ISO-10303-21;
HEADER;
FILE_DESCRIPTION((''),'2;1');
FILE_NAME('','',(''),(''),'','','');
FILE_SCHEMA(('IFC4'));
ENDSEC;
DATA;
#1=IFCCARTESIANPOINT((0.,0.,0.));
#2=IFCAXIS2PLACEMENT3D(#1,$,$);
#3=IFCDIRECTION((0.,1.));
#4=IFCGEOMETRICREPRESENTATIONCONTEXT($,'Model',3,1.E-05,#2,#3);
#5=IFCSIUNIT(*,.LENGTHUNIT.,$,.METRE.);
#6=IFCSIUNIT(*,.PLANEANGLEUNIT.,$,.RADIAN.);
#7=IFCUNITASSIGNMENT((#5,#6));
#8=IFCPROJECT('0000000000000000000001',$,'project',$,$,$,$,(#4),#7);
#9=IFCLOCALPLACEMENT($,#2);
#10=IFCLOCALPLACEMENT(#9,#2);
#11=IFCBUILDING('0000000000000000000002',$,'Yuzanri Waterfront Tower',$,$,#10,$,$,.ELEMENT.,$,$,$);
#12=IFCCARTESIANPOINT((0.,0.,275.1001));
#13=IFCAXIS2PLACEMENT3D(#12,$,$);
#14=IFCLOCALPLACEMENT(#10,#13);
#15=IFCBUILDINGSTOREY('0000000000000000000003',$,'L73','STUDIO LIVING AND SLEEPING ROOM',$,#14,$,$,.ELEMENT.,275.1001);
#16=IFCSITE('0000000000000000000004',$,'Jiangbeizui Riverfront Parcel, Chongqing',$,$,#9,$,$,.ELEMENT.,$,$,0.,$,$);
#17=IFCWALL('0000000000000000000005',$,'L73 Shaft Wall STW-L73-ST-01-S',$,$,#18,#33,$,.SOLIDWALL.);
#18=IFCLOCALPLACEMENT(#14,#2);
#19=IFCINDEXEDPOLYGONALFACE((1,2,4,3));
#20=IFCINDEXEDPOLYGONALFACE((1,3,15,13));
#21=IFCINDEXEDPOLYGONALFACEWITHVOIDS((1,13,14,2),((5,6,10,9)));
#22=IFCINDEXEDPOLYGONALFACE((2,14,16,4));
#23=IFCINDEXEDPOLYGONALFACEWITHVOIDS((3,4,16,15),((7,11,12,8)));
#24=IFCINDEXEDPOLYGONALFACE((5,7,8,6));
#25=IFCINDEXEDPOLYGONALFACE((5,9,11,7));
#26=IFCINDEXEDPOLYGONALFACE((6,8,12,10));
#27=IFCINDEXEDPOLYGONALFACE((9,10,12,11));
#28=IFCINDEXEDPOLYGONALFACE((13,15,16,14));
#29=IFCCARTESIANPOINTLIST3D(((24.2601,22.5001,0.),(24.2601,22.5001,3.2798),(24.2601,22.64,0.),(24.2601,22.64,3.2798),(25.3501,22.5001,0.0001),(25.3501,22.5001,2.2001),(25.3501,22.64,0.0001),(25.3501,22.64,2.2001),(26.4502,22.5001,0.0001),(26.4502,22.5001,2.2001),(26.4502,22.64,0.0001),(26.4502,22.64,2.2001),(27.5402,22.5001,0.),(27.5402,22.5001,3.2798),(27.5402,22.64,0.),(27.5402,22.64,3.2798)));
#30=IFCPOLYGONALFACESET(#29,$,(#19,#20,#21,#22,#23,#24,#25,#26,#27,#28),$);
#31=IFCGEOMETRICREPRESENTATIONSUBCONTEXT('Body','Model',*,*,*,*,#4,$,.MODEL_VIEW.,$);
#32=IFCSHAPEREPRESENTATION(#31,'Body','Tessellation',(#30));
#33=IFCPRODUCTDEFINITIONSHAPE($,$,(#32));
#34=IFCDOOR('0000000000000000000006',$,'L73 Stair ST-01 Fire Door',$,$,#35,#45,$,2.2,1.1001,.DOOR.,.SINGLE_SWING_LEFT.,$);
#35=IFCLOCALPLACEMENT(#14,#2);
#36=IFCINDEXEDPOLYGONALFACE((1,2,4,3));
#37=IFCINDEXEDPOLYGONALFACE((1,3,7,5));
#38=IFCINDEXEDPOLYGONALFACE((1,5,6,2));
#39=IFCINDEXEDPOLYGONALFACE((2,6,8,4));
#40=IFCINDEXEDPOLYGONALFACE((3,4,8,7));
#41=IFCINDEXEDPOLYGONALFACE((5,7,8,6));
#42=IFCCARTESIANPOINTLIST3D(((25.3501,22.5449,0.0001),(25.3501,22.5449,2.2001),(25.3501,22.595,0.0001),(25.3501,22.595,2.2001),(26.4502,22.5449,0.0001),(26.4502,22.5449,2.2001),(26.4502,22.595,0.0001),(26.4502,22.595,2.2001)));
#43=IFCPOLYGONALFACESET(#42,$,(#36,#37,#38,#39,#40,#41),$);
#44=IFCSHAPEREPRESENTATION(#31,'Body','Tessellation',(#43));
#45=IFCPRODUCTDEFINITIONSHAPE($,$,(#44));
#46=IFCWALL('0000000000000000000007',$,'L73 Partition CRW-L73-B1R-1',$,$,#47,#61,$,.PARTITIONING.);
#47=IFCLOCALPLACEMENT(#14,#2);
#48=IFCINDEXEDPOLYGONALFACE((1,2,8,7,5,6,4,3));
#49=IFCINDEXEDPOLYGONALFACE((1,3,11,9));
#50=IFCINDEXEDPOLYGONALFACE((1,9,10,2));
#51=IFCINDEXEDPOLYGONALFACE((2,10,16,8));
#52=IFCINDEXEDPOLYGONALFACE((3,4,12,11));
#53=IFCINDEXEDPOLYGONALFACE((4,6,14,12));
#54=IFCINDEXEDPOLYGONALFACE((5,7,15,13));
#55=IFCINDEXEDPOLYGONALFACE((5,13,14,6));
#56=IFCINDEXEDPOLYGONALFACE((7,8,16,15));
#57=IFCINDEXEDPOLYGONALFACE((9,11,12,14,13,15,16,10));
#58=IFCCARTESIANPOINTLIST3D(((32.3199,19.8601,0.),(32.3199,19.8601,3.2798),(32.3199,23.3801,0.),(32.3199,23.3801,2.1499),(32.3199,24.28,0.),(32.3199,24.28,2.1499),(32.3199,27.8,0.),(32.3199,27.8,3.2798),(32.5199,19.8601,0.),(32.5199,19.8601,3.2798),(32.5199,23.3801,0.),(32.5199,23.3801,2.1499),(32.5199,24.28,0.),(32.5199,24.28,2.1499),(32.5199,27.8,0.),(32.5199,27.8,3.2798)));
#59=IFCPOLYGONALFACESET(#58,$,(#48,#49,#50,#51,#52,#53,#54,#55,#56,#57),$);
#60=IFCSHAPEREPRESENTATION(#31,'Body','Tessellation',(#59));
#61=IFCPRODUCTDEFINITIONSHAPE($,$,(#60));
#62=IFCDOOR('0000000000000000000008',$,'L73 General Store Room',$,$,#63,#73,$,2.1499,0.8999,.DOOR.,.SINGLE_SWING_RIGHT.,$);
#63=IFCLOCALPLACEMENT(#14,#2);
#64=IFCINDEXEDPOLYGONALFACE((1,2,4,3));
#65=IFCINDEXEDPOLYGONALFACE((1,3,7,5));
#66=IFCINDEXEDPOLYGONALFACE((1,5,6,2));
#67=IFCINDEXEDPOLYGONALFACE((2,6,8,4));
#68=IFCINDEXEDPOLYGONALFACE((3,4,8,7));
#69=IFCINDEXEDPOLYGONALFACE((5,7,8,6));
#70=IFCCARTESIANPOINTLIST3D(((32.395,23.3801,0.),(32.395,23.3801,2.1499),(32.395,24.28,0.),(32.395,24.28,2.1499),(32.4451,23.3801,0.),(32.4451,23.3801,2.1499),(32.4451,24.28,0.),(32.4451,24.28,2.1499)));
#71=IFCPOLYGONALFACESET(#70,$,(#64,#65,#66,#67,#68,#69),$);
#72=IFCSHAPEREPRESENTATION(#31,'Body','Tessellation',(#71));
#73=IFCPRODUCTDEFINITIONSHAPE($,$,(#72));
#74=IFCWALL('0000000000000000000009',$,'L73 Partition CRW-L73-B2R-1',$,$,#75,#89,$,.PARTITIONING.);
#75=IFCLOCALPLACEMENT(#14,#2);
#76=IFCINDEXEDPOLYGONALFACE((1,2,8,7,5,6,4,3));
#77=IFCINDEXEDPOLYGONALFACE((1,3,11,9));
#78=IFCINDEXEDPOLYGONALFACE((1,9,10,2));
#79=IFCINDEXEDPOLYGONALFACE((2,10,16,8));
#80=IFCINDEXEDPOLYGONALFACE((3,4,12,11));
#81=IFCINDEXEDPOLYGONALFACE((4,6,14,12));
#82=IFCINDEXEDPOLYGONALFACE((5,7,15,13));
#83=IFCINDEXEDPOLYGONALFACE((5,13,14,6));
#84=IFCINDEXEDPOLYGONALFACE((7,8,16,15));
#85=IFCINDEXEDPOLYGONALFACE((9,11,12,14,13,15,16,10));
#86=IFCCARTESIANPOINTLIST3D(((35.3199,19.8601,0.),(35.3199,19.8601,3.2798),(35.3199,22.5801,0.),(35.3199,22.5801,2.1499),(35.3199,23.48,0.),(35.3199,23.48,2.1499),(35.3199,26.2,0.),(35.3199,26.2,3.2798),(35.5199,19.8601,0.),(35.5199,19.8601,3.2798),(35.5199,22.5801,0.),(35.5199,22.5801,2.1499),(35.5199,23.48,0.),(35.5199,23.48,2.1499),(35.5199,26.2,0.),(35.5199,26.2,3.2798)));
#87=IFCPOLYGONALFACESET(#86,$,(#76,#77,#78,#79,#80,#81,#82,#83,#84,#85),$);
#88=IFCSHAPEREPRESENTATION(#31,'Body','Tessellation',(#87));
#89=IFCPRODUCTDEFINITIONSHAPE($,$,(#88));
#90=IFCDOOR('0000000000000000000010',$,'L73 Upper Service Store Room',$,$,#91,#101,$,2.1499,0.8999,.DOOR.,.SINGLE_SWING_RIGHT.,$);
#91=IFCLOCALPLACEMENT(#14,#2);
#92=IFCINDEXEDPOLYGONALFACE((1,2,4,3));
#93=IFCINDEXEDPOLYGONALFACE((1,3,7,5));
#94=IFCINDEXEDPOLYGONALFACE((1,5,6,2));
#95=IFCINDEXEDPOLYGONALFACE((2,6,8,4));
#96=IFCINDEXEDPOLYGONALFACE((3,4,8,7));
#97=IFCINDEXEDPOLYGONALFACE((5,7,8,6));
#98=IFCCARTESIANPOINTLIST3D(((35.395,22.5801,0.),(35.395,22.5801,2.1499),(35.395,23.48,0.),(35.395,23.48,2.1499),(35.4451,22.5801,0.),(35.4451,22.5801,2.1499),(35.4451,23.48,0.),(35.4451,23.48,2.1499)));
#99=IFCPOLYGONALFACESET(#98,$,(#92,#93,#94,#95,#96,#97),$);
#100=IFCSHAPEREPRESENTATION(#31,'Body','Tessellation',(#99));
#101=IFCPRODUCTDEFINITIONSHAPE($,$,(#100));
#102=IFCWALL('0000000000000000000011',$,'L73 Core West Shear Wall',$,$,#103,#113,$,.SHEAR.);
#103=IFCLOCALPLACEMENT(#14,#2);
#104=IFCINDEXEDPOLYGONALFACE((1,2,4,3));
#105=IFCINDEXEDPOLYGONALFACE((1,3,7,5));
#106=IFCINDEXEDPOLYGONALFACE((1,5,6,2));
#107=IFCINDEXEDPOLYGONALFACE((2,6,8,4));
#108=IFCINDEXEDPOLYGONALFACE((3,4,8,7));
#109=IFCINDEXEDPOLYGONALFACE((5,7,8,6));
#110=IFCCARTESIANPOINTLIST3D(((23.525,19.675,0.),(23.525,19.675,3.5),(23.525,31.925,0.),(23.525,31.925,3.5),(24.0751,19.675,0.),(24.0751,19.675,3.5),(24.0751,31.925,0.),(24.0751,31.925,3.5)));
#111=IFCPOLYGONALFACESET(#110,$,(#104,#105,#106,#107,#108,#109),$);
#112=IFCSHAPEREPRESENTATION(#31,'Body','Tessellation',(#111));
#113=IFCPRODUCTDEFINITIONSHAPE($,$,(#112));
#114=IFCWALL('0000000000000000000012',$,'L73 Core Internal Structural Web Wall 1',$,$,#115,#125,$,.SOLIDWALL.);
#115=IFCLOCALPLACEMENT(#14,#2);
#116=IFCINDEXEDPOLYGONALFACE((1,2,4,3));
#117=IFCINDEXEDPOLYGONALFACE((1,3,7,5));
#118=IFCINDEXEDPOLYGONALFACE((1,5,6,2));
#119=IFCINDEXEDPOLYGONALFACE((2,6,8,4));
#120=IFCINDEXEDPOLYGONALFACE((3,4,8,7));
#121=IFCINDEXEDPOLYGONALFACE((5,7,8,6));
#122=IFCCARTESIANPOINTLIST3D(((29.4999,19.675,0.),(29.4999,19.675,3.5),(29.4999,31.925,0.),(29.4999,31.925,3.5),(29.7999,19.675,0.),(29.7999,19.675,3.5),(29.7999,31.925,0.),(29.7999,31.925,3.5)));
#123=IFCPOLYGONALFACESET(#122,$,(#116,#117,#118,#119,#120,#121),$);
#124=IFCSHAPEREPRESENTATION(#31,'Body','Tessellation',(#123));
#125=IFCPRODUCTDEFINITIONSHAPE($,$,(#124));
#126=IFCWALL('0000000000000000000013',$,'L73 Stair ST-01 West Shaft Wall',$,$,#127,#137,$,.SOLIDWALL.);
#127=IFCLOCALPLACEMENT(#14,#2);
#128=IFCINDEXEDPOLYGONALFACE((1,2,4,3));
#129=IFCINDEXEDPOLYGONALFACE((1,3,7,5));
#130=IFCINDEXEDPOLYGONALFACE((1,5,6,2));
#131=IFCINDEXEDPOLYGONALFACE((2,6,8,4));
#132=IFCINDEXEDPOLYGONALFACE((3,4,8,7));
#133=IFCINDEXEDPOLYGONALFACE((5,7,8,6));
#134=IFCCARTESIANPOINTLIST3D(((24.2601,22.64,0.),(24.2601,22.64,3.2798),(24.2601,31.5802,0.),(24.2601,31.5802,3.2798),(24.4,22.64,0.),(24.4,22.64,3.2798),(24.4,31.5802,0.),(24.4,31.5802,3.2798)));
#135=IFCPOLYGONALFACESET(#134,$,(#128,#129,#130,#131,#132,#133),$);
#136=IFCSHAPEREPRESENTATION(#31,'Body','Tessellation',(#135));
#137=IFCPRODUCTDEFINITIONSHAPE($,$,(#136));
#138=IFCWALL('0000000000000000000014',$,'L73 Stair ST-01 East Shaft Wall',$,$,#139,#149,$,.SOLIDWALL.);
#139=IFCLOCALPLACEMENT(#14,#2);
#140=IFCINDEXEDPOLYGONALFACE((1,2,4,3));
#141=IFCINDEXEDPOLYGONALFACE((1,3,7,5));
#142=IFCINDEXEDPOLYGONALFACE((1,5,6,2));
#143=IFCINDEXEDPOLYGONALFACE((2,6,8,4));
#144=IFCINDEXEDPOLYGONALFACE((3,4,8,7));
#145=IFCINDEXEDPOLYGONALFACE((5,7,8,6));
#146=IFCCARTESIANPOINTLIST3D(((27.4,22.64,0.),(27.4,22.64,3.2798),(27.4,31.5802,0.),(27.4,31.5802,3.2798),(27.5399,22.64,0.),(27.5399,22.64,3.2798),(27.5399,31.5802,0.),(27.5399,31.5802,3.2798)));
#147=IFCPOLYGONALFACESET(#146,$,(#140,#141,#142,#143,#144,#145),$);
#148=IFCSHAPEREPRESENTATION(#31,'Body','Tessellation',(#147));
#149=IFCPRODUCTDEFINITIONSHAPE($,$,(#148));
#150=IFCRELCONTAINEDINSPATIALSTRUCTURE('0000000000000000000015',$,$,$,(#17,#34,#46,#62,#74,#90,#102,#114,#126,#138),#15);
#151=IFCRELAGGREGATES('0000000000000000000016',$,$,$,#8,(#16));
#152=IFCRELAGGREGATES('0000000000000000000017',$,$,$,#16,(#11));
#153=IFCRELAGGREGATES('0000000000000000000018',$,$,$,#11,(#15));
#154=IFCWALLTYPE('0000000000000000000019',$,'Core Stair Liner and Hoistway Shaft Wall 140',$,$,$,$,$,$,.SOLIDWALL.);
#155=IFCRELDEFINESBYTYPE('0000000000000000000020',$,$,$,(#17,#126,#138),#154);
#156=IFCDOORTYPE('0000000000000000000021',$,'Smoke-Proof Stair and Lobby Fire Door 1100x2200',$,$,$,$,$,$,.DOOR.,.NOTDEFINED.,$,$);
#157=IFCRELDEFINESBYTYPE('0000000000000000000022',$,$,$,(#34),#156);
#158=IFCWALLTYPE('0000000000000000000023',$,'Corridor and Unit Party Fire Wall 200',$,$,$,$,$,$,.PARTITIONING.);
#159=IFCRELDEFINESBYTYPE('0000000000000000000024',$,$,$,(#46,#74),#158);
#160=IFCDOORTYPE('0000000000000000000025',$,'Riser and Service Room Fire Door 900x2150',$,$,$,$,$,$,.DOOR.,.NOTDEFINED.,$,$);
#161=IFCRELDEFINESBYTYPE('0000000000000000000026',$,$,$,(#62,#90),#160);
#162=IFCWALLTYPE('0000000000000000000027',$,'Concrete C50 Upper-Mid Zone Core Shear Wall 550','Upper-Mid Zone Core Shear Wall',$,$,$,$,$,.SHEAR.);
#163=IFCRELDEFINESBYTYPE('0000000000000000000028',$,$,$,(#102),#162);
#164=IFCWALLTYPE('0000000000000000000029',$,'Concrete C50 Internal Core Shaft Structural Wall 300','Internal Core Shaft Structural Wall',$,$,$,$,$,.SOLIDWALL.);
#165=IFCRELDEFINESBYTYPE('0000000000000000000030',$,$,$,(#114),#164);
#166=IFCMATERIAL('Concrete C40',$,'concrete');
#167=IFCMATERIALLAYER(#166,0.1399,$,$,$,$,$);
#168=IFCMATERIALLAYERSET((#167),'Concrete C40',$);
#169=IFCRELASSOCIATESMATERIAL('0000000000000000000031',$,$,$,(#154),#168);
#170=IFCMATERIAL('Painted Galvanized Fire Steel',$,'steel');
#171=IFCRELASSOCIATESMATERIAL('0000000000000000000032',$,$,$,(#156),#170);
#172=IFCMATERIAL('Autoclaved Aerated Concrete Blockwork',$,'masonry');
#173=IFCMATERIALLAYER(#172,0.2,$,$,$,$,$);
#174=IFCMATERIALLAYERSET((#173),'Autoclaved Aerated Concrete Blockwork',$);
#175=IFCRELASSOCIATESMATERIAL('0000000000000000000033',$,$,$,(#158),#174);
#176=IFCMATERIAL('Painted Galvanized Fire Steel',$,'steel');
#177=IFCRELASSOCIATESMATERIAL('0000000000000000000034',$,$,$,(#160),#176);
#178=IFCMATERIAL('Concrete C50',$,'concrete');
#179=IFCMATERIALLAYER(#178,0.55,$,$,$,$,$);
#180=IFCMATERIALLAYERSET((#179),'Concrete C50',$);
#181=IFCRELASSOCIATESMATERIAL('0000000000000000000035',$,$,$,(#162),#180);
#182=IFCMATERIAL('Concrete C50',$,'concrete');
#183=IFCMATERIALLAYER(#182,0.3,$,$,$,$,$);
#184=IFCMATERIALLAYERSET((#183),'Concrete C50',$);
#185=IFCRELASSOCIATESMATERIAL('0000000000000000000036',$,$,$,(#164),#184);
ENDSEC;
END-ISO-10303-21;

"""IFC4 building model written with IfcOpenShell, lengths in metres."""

from ifc_helpers import new_model, si_unit, direction, frame, frame_2d, origin, place, context, subcontext, project, spatial, rectangle, extrude, source, transform, mapped, material, layer, layer_set, type_object, element, fill, save


model = new_model("IFC4")

# Units and contexts
model_context = context("Model", 3, precision=1e-05, world=origin(), true_north=direction((0.0, 1.0)))
body_context = subcontext(model_context, "Body", "Model", "MODEL_VIEW")
ifc_project = project(units=[si_unit("LENGTHUNIT", "METRE"), si_unit("PLANEANGLEUNIT", "RADIAN")], contexts=[model_context])

# Site, building, storey
site_placement = place(None, origin())
site = spatial("IfcSite", under=ifc_project, at=site_placement, Name="Jiangbeizui Riverfront Parcel, Chongqing", CompositionType="ELEMENT", RefElevation=0.0)
building_placement = place(site_placement, origin())
building = spatial("IfcBuilding", under=site, at=building_placement, Name="Yuzanri Waterfront Tower", CompositionType="ELEMENT")
storey_placement = place(building_placement, frame((0.0, 0.0, 275.1001)))
storey = spatial("IfcBuildingStorey", under=building, at=storey_placement, Name="L73", Description="STUDIO LIVING AND SLEEPING ROOM", CompositionType="ELEMENT", Elevation=275.1001)

# Walls, openings, doors
ifc_material_1 = material(Name="Concrete C40", Category="concrete")
ifc_layer_1 = layer(ifc_material_1, 0.1399)
ifc_layer_set_1 = layer_set([ifc_layer_1], Name="Concrete C40")
wall_type_1 = type_object("IfcWallType", Name="Core Stair Liner and Hoistway Shaft Wall 140", PredefinedType="SOLIDWALL", material=ifc_layer_set_1)
wall_1_placement = place(storey_placement, frame((24.26, 22.5701, 0.0), z_axis=(0.0, 0.0, 1.0), x_axis=(1.0, 0.0, 0.0)))
wall_1 = element("IfcWall", 1, at=wall_1_placement, inside=storey, type_object=wall_type_1, Name="L73 Shaft Wall STW-L73-ST-01-S", PredefinedType="SOLIDWALL", context=body_context, shape_type="SweptSolid", body=[
    extrude(rectangle(XDim=3.28, YDim=0.1399, at=frame_2d((1.6401, 0.0))), origin(), (0.0, 0.0, 1.0), 3.2798),
])
opening_1_placement = place(wall_1_placement, frame((1.0901, 0.0, 0.0)))
opening_1 = element("IfcOpeningElement", 2, at=opening_1_placement, cuts=wall_1, PredefinedType="OPENING", context=body_context, shape_type="SweptSolid", body=[
    extrude(rectangle(XDim=1.1001, YDim=2.2, at=frame_2d((0.55, 1.1001))), frame((0.0, 0.085, 0.0), z_axis=(0.0, -1.0, 0.0), x_axis=(1.0, 0.0, 0.0)), (0.0, 0.0, 1.0), 0.1697),
])
ifc_material_2 = material(Name="Painted Galvanized Fire Steel", Category="steel")
door_type_1 = type_object("IfcDoorType", Name="Smoke-Proof Stair and Lobby Fire Door 1100x2200", OperationType="NOTDEFINED", PredefinedType="DOOR", material=ifc_material_2)
shared_shape_1 = source(origin(), body_context, "Body", "SweptSolid", [
    extrude(rectangle(XDim=1.1001, YDim=2.2, at=frame_2d((0.55, 1.1001))), frame((0.0, 0.0249, 0.0), z_axis=(0.0, -1.0, 0.0), x_axis=(1.0, 0.0, 0.0)), (0.0, 0.0, 1.0), 0.05),
])
door_1_placement = place(opening_1_placement, origin())
door_1 = element("IfcDoor", 3, at=door_1_placement, inside=storey, type_object=door_type_1, Name="L73 Stair ST-01 Fire Door", OperationType="SINGLE_SWING_LEFT", OverallHeight=2.2, OverallWidth=1.1001, PredefinedType="DOOR", context=body_context, shape_type="MappedRepresentation", body=[
    mapped(shared_shape_1, transform((0.0, 0.0, 0.0), scale=1.0)),
])
fill(opening_1, door_1)
ifc_material_3 = material(Name="Autoclaved Aerated Concrete Blockwork", Category="masonry")
ifc_layer_2 = layer(ifc_material_3, 0.2)
ifc_layer_set_2 = layer_set([ifc_layer_2], Name="Autoclaved Aerated Concrete Blockwork")
wall_type_2 = type_object("IfcWallType", Name="Corridor and Unit Party Fire Wall 200", PredefinedType="PARTITIONING", material=ifc_layer_set_2)
wall_2_placement = place(storey_placement, frame((32.4199, 19.8601, 0.0), z_axis=(0.0, 0.0, 1.0), x_axis=(0.0, 1.0, 0.0)))
wall_2 = element("IfcWall", 4, at=wall_2_placement, inside=storey, type_object=wall_type_2, Name="L73 Partition CRW-L73-B1R-1", PredefinedType="PARTITIONING", context=body_context, shape_type="SweptSolid", body=[
    extrude(rectangle(XDim=7.9399, YDim=0.2, at=frame_2d((3.97, 0.0))), origin(), (0.0, 0.0, 1.0), 3.2798),
])
opening_2_placement = place(wall_2_placement, frame((3.52, 0.0, 0.0)))
opening_2 = element("IfcOpeningElement", 5, at=opening_2_placement, cuts=wall_2, PredefinedType="OPENING", context=body_context, shape_type="SweptSolid", body=[
    extrude(rectangle(XDim=0.8999, YDim=2.1499, at=frame_2d((0.45, 1.075))), frame((0.0, 0.1147, 0.0), z_axis=(0.0, -1.0, 0.0), x_axis=(1.0, 0.0, 0.0)), (0.0, 0.0, 1.0), 0.2297),
])
ifc_material_4 = material(Name="Painted Galvanized Fire Steel", Category="steel")
door_type_2 = type_object("IfcDoorType", Name="Riser and Service Room Fire Door 900x2150", OperationType="NOTDEFINED", PredefinedType="DOOR", material=ifc_material_4)
shared_shape_2 = source(origin(), body_context, "Body", "SweptSolid", [
    extrude(rectangle(XDim=0.8999, YDim=2.1499, at=frame_2d((0.45, 1.075))), frame((0.0, 0.0249, 0.0), z_axis=(0.0, -1.0, 0.0), x_axis=(1.0, 0.0, 0.0)), (0.0, 0.0, 1.0), 0.05),
])
door_2_placement = place(opening_2_placement, origin())
door_2 = element("IfcDoor", 6, at=door_2_placement, inside=storey, type_object=door_type_2, Name="L73 General Store Room", OperationType="SINGLE_SWING_RIGHT", OverallHeight=2.1499, OverallWidth=0.8999, PredefinedType="DOOR", context=body_context, shape_type="MappedRepresentation", body=[
    mapped(shared_shape_2, transform((0.0, 0.0, 0.0), scale=1.0)),
])
fill(opening_2, door_2)
wall_3_placement = place(storey_placement, frame((35.4199, 19.8601, 0.0), z_axis=(0.0, 0.0, 1.0), x_axis=(0.0, 1.0, 0.0)))
wall_3 = element("IfcWall", 7, at=wall_3_placement, inside=storey, type_object=wall_type_2, Name="L73 Partition CRW-L73-B2R-1", PredefinedType="PARTITIONING", context=body_context, shape_type="SweptSolid", body=[
    extrude(rectangle(XDim=6.3398, YDim=0.2, at=frame_2d((3.1699, 0.0))), origin(), (0.0, 0.0, 1.0), 3.2798),
])
opening_3_placement = place(wall_3_placement, frame((2.72, 0.0, 0.0)))
opening_3 = element("IfcOpeningElement", 8, at=opening_3_placement, cuts=wall_3, PredefinedType="OPENING", context=body_context, shape_type="SweptSolid", body=[
    extrude(rectangle(XDim=0.8999, YDim=2.1499, at=frame_2d((0.45, 1.075))), frame((0.0, 0.1147, 0.0), z_axis=(0.0, -1.0, 0.0), x_axis=(1.0, 0.0, 0.0)), (0.0, 0.0, 1.0), 0.2297),
])
door_3_placement = place(opening_3_placement, origin())
door_3 = element("IfcDoor", 9, at=door_3_placement, inside=storey, type_object=door_type_2, Name="L73 Upper Service Store Room", OperationType="SINGLE_SWING_RIGHT", OverallHeight=2.1499, OverallWidth=0.8999, PredefinedType="DOOR", context=body_context, shape_type="MappedRepresentation", body=[
    mapped(shared_shape_2, transform((0.0, 0.0, 0.0), scale=1.0)),
])
fill(opening_3, door_3)

# Walls
ifc_material_5 = material(Name="Concrete C50", Category="concrete")
ifc_layer_3 = layer(ifc_material_5, 0.55)
ifc_layer_set_3 = layer_set([ifc_layer_3], Name="Concrete C50")
wall_type_3 = type_object("IfcWallType", Name="Concrete C50 Upper-Mid Zone Core Shear Wall 550", Description="Upper-Mid Zone Core Shear Wall", PredefinedType="SHEAR", material=ifc_layer_set_3)
shared_shape_3 = source(origin(), body_context, "Body", "SweptSolid", [
    extrude(rectangle(XDim=12.25, YDim=0.55, at=frame_2d((6.125, 0.0))), origin(), (0.0, 0.0, 1.0), 3.5),
])
wall_4_placement = place(storey_placement, frame((23.8, 19.675, 0.0), z_axis=(0.0, 0.0, 1.0), x_axis=(0.0, 1.0, 0.0)))
element("IfcWall", 10, at=wall_4_placement, inside=storey, type_object=wall_type_3, Name="L73 Core West Shear Wall", PredefinedType="SHEAR", context=body_context, shape_type="MappedRepresentation", body=[
    mapped(shared_shape_3, transform((0.0, 0.0, 0.0), scale=1.0)),
])
ifc_material_6 = material(Name="Concrete C50", Category="concrete")
ifc_layer_4 = layer(ifc_material_6, 0.3)
ifc_layer_set_4 = layer_set([ifc_layer_4], Name="Concrete C50")
wall_type_4 = type_object("IfcWallType", Name="Concrete C50 Internal Core Shaft Structural Wall 300", Description="Internal Core Shaft Structural Wall", PredefinedType="SOLIDWALL", material=ifc_layer_set_4)
shared_shape_4 = source(origin(), body_context, "Body", "SweptSolid", [
    extrude(rectangle(XDim=12.25, YDim=0.3, at=frame_2d((6.125, 0.0))), origin(), (0.0, 0.0, 1.0), 3.5),
])
wall_5_placement = place(storey_placement, frame((29.6499, 19.675, 0.0), z_axis=(0.0, 0.0, 1.0), x_axis=(0.0, 1.0, 0.0)))
element("IfcWall", 11, at=wall_5_placement, inside=storey, type_object=wall_type_4, Name="L73 Core Internal Structural Web Wall 1", PredefinedType="SOLIDWALL", context=body_context, shape_type="MappedRepresentation", body=[
    mapped(shared_shape_4, transform((0.0, 0.0, 0.0), scale=1.0)),
])
shared_shape_5 = source(origin(), body_context, "Body", "SweptSolid", [
    extrude(rectangle(XDim=8.9402, YDim=0.1399, at=frame_2d((4.4702, 0.0))), origin(), (0.0, 0.0, 1.0), 3.2798),
])
for number, where, z_axis, x_axis, name in (
    (12, (24.3301, 22.6399, 0.0), (0.0, 0.0, 1.0), (0.0, 1.0, 0.0), "L73 Stair ST-01 West Shaft Wall"),
    (13, (27.47, 22.6399, 0.0), (0.0, 0.0, 1.0), (0.0, 1.0, 0.0), "L73 Stair ST-01 East Shaft Wall"),
):
    element("IfcWall", number, at=place(storey_placement, frame(where, z_axis=z_axis, x_axis=x_axis)), inside=storey, type_object=wall_type_1, Name=name, PredefinedType="SOLIDWALL", context=body_context, shape_type="MappedRepresentation", body=[
        mapped(shared_shape_5, transform((0.0, 0.0, 0.0), scale=1.0)),
    ])

save(model, "model.ifc")
